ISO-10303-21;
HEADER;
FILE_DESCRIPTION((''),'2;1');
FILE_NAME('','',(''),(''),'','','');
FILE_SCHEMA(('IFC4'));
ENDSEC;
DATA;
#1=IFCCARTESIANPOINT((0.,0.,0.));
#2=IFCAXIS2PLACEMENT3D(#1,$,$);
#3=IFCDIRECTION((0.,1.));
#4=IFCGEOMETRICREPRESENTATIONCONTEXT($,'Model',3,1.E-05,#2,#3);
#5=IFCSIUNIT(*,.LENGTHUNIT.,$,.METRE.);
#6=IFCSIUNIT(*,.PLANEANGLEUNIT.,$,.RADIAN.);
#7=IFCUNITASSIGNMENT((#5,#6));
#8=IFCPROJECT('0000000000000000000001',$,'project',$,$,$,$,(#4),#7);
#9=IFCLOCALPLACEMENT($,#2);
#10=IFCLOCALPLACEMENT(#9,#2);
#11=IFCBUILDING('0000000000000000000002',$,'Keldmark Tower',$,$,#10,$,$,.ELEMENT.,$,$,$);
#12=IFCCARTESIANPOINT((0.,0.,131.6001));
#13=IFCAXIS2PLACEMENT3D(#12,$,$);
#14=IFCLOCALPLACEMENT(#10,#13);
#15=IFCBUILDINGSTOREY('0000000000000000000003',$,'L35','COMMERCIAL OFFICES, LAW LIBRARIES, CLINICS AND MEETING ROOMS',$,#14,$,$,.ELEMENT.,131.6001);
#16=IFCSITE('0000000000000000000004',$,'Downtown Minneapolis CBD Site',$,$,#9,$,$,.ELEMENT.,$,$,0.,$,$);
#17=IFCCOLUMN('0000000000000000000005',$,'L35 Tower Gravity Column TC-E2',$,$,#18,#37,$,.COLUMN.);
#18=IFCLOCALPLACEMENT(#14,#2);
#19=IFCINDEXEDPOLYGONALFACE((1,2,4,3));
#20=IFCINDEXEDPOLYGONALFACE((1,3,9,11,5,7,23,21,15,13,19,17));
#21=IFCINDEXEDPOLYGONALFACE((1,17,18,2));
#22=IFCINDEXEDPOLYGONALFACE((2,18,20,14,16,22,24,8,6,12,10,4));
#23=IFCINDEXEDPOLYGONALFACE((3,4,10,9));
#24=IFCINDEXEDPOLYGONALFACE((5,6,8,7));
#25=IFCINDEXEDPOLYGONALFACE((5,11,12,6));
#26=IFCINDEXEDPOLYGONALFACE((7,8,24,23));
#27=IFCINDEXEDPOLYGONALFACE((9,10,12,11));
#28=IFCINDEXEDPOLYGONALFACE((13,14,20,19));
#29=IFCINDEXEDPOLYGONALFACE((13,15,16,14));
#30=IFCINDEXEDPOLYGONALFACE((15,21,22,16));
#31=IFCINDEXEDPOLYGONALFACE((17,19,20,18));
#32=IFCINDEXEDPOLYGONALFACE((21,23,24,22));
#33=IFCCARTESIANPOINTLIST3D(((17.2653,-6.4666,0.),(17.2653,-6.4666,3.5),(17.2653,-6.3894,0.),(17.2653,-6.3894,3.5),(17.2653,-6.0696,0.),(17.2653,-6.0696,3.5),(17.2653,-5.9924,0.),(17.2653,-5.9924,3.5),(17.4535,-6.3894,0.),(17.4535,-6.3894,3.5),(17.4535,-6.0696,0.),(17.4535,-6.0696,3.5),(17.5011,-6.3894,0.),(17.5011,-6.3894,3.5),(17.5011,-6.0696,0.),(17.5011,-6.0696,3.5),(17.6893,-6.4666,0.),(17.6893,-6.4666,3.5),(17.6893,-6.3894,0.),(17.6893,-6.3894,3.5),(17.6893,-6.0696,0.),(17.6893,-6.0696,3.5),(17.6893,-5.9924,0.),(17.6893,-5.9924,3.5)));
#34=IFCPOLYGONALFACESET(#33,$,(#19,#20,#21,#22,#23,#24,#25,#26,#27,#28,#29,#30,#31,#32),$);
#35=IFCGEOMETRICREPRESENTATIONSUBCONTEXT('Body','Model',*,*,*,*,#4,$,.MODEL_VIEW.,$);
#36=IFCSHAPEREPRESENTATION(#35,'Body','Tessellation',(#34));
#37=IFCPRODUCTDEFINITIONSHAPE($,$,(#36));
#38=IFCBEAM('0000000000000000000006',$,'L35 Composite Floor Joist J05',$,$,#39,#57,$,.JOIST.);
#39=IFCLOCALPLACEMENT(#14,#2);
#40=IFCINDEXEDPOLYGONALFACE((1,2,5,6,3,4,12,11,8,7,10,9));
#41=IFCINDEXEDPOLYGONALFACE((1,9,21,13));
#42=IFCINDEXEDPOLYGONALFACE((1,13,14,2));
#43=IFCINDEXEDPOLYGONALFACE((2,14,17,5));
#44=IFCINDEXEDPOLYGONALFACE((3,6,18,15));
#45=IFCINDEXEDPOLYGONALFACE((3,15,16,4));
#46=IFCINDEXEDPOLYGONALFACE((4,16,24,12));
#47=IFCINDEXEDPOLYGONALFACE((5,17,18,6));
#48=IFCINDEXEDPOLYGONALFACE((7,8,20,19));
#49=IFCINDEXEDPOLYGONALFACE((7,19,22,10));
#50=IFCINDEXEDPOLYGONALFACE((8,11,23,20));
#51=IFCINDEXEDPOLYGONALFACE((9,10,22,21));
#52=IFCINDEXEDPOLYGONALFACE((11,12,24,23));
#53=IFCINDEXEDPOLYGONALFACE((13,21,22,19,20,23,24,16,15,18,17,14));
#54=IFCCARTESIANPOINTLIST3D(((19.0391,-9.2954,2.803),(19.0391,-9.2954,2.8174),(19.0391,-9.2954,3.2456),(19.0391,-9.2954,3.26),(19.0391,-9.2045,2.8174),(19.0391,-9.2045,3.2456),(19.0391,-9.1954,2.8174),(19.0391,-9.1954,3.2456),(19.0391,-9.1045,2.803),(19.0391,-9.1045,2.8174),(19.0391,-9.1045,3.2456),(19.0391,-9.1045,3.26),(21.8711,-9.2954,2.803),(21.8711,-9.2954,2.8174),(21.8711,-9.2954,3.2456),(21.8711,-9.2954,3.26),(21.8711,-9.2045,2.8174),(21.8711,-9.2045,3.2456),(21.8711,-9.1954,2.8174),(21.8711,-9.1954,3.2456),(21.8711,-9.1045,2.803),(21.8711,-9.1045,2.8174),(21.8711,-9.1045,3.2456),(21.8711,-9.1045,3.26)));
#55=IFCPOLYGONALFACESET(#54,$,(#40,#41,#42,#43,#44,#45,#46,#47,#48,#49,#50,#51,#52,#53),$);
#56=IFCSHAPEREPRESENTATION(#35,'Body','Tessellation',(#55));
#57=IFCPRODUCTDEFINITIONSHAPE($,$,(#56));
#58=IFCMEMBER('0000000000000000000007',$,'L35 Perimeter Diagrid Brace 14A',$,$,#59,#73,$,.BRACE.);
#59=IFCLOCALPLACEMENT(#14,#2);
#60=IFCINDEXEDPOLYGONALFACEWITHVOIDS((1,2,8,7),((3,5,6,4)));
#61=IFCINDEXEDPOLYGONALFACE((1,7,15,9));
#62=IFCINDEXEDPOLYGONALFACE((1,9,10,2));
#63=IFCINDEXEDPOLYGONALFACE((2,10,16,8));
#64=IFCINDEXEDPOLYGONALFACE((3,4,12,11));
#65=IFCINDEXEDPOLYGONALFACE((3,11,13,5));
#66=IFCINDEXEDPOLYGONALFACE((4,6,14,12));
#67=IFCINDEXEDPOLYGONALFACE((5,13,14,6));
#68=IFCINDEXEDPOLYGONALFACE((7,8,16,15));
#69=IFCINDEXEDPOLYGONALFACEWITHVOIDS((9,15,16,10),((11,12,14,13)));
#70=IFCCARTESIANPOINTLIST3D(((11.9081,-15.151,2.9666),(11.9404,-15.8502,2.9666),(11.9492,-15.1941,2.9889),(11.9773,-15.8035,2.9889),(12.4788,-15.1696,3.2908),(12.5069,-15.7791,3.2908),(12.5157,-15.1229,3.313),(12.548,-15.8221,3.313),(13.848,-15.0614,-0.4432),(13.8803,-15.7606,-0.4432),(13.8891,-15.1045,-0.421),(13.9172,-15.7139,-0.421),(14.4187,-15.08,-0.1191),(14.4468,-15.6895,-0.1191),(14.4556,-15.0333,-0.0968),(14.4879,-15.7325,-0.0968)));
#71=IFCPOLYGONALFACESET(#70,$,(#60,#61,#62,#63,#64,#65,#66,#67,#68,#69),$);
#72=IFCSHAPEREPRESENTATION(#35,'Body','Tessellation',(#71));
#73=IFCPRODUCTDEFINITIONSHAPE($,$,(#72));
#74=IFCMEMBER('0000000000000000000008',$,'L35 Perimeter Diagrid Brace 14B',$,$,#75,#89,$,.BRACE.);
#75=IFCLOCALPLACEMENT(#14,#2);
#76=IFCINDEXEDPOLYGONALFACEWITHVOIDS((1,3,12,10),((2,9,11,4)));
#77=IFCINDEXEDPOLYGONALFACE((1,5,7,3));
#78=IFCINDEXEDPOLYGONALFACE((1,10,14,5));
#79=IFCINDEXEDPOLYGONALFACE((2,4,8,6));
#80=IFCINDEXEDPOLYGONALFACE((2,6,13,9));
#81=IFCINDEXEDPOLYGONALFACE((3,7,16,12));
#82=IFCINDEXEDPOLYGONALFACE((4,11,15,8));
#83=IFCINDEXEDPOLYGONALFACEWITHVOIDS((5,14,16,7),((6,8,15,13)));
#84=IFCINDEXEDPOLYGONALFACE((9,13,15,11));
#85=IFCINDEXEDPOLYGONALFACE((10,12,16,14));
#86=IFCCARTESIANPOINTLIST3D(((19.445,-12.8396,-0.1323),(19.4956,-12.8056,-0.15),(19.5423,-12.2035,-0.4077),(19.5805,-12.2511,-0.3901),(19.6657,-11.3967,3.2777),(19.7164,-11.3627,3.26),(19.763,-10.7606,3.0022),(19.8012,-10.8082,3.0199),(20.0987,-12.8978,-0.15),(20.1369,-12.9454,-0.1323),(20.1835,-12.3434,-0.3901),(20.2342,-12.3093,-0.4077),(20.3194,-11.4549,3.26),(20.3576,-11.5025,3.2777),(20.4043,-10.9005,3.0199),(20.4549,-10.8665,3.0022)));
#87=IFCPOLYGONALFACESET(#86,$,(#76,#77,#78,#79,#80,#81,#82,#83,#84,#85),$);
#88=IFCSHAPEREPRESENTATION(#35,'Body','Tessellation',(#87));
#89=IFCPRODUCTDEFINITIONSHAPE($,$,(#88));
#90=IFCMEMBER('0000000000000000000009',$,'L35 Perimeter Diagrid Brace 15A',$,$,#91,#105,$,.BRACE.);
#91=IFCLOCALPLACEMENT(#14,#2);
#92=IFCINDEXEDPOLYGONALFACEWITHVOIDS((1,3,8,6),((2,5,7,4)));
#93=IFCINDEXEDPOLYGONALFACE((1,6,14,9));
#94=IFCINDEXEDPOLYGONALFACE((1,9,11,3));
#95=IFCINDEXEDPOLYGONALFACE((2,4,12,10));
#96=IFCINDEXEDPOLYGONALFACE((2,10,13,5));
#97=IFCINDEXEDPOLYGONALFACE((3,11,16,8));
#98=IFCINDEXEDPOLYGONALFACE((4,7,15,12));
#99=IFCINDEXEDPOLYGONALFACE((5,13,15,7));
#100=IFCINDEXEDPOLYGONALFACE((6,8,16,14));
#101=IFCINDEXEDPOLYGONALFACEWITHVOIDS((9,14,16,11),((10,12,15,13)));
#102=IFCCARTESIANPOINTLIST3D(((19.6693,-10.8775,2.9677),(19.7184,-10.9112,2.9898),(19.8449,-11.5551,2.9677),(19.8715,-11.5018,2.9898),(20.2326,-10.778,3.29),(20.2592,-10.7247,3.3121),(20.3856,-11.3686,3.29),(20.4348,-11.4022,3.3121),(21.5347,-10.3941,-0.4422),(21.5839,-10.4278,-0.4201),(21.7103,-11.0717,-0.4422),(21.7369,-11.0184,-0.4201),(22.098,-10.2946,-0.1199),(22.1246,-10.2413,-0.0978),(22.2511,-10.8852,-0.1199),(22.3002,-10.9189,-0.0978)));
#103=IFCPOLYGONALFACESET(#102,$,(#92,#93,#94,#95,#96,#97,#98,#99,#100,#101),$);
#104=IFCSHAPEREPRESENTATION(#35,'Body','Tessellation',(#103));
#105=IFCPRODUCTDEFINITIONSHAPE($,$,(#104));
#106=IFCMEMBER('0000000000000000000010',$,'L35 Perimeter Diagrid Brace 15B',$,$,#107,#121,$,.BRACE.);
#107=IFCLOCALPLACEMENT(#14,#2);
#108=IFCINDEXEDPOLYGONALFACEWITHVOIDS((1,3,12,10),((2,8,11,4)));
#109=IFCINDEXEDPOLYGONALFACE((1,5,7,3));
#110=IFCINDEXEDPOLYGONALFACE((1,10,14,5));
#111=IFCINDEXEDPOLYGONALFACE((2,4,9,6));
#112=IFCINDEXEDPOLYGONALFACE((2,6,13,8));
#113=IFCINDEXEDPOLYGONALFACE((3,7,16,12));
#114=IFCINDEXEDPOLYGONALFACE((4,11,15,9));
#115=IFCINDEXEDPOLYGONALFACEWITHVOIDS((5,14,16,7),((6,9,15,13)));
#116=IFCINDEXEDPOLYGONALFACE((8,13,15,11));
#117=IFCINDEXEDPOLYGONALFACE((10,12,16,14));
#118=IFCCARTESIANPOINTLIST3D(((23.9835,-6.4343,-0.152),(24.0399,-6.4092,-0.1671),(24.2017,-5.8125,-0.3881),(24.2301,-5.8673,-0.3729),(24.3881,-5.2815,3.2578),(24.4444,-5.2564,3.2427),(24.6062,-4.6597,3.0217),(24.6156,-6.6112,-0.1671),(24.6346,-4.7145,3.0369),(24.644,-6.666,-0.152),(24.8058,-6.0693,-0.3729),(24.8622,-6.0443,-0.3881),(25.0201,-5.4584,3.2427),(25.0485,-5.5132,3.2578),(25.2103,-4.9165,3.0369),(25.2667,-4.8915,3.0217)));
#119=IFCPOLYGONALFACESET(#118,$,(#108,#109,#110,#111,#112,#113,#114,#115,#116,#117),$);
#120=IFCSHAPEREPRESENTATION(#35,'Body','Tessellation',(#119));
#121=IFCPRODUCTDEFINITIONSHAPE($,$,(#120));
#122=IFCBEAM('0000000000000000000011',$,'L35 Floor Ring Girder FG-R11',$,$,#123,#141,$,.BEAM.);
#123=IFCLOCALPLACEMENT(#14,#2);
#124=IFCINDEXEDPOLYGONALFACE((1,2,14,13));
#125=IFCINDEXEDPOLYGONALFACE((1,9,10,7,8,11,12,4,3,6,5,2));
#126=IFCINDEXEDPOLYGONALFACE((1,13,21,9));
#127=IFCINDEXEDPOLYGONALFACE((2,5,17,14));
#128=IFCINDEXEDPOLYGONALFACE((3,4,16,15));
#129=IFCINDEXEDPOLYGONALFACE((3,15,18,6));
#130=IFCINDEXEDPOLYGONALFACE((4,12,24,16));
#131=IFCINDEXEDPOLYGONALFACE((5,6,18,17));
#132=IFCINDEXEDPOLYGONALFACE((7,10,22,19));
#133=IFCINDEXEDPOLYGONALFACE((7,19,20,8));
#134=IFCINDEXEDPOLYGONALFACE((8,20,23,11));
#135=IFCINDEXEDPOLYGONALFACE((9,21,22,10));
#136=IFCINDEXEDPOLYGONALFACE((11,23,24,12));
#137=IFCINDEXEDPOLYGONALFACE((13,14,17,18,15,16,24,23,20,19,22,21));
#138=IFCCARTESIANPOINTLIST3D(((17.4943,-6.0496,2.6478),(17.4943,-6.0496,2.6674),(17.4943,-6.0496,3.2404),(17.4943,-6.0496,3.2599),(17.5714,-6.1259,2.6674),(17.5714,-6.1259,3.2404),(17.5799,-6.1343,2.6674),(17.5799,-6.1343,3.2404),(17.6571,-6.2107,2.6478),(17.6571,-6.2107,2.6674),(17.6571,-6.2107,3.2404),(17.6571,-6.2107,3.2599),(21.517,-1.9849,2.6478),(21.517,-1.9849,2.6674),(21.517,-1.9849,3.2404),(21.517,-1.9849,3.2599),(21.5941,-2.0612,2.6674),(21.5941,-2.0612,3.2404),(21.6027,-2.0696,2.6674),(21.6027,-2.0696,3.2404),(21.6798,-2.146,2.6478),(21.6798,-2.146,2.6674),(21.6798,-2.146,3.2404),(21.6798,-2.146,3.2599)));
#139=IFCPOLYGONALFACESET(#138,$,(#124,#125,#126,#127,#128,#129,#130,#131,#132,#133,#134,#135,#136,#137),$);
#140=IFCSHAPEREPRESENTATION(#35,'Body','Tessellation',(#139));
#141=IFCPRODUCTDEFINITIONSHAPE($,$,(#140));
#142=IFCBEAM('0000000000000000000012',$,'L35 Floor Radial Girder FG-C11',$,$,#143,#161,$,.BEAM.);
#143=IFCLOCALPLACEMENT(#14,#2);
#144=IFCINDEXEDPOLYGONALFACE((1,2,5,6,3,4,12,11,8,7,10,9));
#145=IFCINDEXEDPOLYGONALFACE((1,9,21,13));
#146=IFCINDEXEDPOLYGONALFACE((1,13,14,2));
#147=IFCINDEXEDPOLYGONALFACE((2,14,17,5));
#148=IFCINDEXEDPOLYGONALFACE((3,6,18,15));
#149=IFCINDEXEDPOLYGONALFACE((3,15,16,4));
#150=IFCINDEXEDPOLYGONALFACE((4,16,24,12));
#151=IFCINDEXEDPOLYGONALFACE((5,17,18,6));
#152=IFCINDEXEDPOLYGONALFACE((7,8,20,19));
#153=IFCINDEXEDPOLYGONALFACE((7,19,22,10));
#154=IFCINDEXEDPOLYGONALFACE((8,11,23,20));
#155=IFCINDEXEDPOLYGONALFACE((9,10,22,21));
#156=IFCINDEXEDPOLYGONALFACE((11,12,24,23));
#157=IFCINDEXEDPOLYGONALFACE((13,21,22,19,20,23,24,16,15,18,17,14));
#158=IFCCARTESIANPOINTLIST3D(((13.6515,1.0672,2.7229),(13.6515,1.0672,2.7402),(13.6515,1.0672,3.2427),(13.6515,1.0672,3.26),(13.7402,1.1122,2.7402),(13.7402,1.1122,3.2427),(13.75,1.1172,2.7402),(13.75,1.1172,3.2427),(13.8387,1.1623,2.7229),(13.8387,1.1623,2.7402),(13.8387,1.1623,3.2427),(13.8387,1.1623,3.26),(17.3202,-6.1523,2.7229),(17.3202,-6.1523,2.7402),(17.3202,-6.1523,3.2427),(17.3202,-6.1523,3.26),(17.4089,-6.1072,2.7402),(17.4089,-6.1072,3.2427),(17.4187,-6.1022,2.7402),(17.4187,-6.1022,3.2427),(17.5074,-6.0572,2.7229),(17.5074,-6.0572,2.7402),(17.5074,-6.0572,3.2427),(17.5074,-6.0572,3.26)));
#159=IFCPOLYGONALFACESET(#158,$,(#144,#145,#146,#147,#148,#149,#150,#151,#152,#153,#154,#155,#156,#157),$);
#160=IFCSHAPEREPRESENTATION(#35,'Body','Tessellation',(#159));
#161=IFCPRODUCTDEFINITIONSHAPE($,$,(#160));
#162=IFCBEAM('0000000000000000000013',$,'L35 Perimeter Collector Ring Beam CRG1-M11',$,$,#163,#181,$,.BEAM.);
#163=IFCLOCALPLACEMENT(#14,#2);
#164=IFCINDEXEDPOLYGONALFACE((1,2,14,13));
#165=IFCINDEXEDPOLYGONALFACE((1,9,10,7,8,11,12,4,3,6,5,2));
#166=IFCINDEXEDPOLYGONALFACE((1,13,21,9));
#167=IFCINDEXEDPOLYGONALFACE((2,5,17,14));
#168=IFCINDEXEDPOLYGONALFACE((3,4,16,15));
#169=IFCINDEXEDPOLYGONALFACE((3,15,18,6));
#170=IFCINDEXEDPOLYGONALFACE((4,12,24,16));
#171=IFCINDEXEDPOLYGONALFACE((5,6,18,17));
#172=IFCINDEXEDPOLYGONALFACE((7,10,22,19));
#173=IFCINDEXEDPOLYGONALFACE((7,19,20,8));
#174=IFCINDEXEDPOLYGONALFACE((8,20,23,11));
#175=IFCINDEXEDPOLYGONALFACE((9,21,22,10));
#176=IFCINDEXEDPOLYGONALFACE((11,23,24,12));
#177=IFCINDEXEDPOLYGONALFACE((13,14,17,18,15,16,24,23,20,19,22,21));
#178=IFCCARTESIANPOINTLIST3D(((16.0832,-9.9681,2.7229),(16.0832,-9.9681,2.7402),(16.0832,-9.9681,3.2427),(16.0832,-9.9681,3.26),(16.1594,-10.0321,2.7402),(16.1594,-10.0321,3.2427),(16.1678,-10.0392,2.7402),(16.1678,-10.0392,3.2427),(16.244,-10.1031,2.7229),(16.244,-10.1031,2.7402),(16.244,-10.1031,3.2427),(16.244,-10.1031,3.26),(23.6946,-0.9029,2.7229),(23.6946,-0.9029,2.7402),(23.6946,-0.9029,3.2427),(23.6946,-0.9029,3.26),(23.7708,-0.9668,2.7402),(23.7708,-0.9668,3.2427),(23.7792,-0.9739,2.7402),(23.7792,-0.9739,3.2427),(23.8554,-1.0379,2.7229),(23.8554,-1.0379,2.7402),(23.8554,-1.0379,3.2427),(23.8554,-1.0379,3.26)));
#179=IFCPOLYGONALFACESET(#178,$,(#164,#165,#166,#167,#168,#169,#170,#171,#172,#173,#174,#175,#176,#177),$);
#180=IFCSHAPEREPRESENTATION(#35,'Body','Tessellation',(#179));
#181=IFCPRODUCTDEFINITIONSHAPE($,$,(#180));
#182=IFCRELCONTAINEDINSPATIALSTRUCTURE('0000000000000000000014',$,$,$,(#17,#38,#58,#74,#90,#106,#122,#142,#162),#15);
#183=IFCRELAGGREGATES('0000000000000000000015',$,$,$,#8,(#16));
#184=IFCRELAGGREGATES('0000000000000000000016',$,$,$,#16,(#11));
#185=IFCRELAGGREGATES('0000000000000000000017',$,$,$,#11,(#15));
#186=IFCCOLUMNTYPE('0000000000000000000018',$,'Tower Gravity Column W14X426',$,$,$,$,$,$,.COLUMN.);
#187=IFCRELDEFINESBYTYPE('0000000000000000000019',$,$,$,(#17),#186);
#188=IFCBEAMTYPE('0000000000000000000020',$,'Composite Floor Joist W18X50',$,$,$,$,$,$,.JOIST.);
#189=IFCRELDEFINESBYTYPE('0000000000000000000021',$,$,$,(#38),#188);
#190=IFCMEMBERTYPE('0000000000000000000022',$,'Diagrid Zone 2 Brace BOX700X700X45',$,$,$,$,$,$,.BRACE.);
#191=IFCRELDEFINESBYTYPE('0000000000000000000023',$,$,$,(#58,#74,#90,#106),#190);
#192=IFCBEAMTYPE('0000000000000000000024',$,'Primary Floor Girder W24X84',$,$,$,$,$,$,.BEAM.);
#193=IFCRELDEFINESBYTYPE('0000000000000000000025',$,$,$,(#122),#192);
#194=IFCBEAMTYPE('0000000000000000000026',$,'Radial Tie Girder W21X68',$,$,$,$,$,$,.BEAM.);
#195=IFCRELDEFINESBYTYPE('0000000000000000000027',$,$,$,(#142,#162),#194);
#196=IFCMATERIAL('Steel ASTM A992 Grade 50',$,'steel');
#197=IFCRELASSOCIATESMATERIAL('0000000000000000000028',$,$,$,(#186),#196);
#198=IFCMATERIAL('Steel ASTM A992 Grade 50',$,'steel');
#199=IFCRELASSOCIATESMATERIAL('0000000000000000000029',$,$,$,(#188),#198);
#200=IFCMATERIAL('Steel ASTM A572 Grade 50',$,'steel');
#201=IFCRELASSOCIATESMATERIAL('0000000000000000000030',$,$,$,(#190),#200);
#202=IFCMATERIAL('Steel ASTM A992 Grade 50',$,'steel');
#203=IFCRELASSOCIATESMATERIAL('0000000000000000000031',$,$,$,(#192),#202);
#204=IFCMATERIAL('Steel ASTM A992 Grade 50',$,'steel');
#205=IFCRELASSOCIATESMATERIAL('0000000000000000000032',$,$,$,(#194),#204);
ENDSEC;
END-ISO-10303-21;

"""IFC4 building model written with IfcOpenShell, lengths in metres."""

from ifc_helpers import new_model, si_unit, direction, frame, origin, origin_2d, place, context, subcontext, project, spatial, hollow_rectangle, i_section, extrude, material, material_profile, profile_set, type_object, element, save


model = new_model("IFC4")

# Units and contexts
model_context = context("Model", 3, precision=1e-05, world=origin(), true_north=direction((0.0, 1.0)))
body_context = subcontext(model_context, "Body", "Model", "MODEL_VIEW")
ifc_project = project(units=[si_unit("LENGTHUNIT", "METRE"), si_unit("PLANEANGLEUNIT", "RADIAN")], contexts=[model_context])

# Site, building, storey
site_placement = place(None, origin())
site = spatial("IfcSite", under=ifc_project, at=site_placement, Name="Downtown Minneapolis CBD Site", CompositionType="ELEMENT", RefElevation=0.0)
building_placement = place(site_placement, origin())
building = spatial("IfcBuilding", under=site, at=building_placement, Name="Keldmark Tower", CompositionType="ELEMENT")
storey_placement = place(building_placement, frame((0.0, 0.0, 131.6001)))
storey = spatial("IfcBuildingStorey", under=building, at=storey_placement, Name="L35", Description="COMMERCIAL OFFICES, LAW LIBRARIES, CLINICS AND MEETING ROOMS", CompositionType="ELEMENT", Elevation=131.6001)

# Column
ifc_material_1 = material(Name="Steel ASTM A992 Grade 50", Category="steel")
ifc_material_profile_1 = material_profile(ifc_material_1, i_section(OverallWidth=0.4241, OverallDepth=0.4741, WebThickness=0.0476, FlangeThickness=0.0771, at=origin_2d()), Name="W14X426")
ifc_profile_set_1 = profile_set([ifc_material_profile_1], Name="Steel ASTM A992 Grade 50")
column_type = type_object("IfcColumnType", Name="Tower Gravity Column W14X426", PredefinedType="COLUMN", material=ifc_profile_set_1)
column_placement = place(storey_placement, frame((17.4773, -6.2295, 0.0), z_axis=(0.0, 0.0, 1.0), x_axis=(1.0, 0.0, 0.0)))
element("IfcColumn", 1, at=column_placement, inside=storey, type_object=column_type, Name="L35 Tower Gravity Column TC-E2", PredefinedType="COLUMN", context=body_context, shape_type="SweptSolid", body=[
    extrude(i_section(OverallWidth=0.4241, OverallDepth=0.4741, WebThickness=0.0476, FlangeThickness=0.0771, at=origin_2d()), origin(), (0.0, 0.0, 1.0), 3.5),
])

# Beam
ifc_material_2 = material(Name="Steel ASTM A992 Grade 50", Category="steel")
ifc_material_profile_2 = material_profile(ifc_material_2, i_section(OverallWidth=0.1909, OverallDepth=0.457, WebThickness=0.009, FlangeThickness=0.0144, at=origin_2d()), Name="W18X50")
ifc_profile_set_2 = profile_set([ifc_material_profile_2], Name="Steel ASTM A992 Grade 50")
beam_type_1 = type_object("IfcBeamType", Name="Composite Floor Joist W18X50", PredefinedType="JOIST", material=ifc_profile_set_2)
beam_1_placement = place(storey_placement, frame((19.0391, -9.2, 3.0315), z_axis=(1.0, 0.0, 0.0), x_axis=(0.0, 1.0, 0.0)))
element("IfcBeam", 2, at=beam_1_placement, inside=storey, type_object=beam_type_1, Name="L35 Composite Floor Joist J05", PredefinedType="JOIST", context=body_context, shape_type="SweptSolid", body=[
    extrude(i_section(OverallWidth=0.1909, OverallDepth=0.457, WebThickness=0.009, FlangeThickness=0.0144, at=origin_2d()), origin(), (0.0, 0.0, 1.0), 2.832),
])

# Members
ifc_material_3 = material(Name="Steel ASTM A572 Grade 50", Category="steel")
ifc_material_profile_3 = material_profile(ifc_material_3, hollow_rectangle(XDim=0.7, YDim=0.7, WallThickness=0.0449, at=origin_2d()), Name="BOX700X700X45")
ifc_profile_set_3 = profile_set([ifc_material_profile_3], Name="Steel ASTM A572 Grade 50")
member_type = type_object("IfcMemberType", Name="Diagrid Zone 2 Brace BOX700X700X45", PredefinedType="BRACE", material=ifc_profile_set_3)
member_1_placement = place(storey_placement, frame((14.168, -15.397, -0.27), z_axis=(-0.49436, -0.022833, 0.868957), x_axis=(0.046138, -0.998935, 0.0)))
element("IfcMember", 3, at=member_1_placement, inside=storey, type_object=member_type, Name="L35 Perimeter Diagrid Brace 14A", PredefinedType="BRACE", context=body_context, shape_type="SweptSolid", body=[
    extrude(hollow_rectangle(XDim=0.7, YDim=0.7, WallThickness=0.0449, at=origin_2d()), origin(), (0.0, 0.0, 1.0), 3.9241),
])
member_2_placement = place(storey_placement, frame((19.8396, -12.5745, -0.27), z_axis=(0.059502, 0.388999, 0.919315), x_axis=(-0.988503, 0.151202, 0.0)))
element("IfcMember", 4, at=member_2_placement, inside=storey, type_object=member_type, Name="L35 Perimeter Diagrid Brace 14B", PredefinedType="BRACE", context=body_context, shape_type="SweptSolid", body=[
    extrude(hollow_rectangle(XDim=0.7, YDim=0.7, WallThickness=0.0449, at=origin_2d()), origin(), (0.0, 0.0, 1.0), 3.7092),
])
member_3_placement = place(storey_placement, frame((21.9175, -10.6565, -0.27), z_axis=(-0.476278, -0.123417, 0.87059), x_axis=(0.250843, -0.968028, 0.0)))
element("IfcMember", 5, at=member_3_placement, inside=storey, type_object=member_type, Name="L35 Perimeter Diagrid Brace 15A", PredefinedType="BRACE", context=body_context, shape_type="SweptSolid", body=[
    extrude(hollow_rectangle(XDim=0.7, YDim=0.7, WallThickness=0.0449, at=origin_2d()), origin(), (0.0, 0.0, 1.0), 3.9167),
])
member_4_placement = place(storey_placement, frame((24.4229, -6.2393, -0.27), z_axis=(0.111684, 0.31827, 0.941398), x_axis=(-0.94359, 0.331116, 0.0)))
element("IfcMember", 6, at=member_4_placement, inside=storey, type_object=member_type, Name="L35 Perimeter Diagrid Brace 15B", PredefinedType="BRACE", context=body_context, shape_type="SweptSolid", body=[
    extrude(hollow_rectangle(XDim=0.7, YDim=0.7, WallThickness=0.0449, at=origin_2d()), origin(), (0.0, 0.0, 1.0), 3.6221),
])

# Beams
ifc_material_4 = material(Name="Steel ASTM A992 Grade 50", Category="steel")
ifc_material_profile_4 = material_profile(ifc_material_4, i_section(OverallWidth=0.229, OverallDepth=0.6121, WebThickness=0.012, FlangeThickness=0.0195, at=origin_2d()), Name="W24X84")
ifc_profile_set_4 = profile_set([ifc_material_profile_4], Name="Steel ASTM A992 Grade 50")
beam_type_2 = type_object("IfcBeamType", Name="Primary Floor Girder W24X84", PredefinedType="BEAM", material=ifc_profile_set_4)
beam_2_placement = place(storey_placement, frame((17.5757, -6.1301, 2.9539), z_axis=(0.703426, 0.710769, 0.0), x_axis=(-0.710769, 0.703426, 0.0)))
element("IfcBeam", 7, at=beam_2_placement, inside=storey, type_object=beam_type_2, Name="L35 Floor Ring Girder FG-R11", PredefinedType="BEAM", context=body_context, shape_type="SweptSolid", body=[
    extrude(i_section(OverallWidth=0.229, OverallDepth=0.6121, WebThickness=0.012, FlangeThickness=0.0195, at=origin_2d()), origin(), (0.0, 0.0, 1.0), 5.7188),
])
ifc_material_5 = material(Name="Steel ASTM A992 Grade 50", Category="steel")
ifc_material_profile_5 = material_profile(ifc_material_5, i_section(OverallWidth=0.21, OverallDepth=0.5371, WebThickness=0.011, FlangeThickness=0.0173, at=origin_2d()), Name="W21X68")
ifc_profile_set_5 = profile_set([ifc_material_profile_5], Name="Steel ASTM A992 Grade 50")
beam_type_3 = type_object("IfcBeamType", Name="Radial Tie Girder W21X68", PredefinedType="BEAM", material=ifc_profile_set_5)
beam_3_placement = place(storey_placement, frame((17.4138, -6.1047, 2.9915), z_axis=(-0.453029, 0.891496, 0.0), x_axis=(-0.891496, -0.453029, 0.0)))
element("IfcBeam", 8, at=beam_3_placement, inside=storey, type_object=beam_type_3, Name="L35 Floor Radial Girder FG-C11", PredefinedType="BEAM", context=body_context, shape_type="SweptSolid", body=[
    extrude(i_section(OverallWidth=0.21, OverallDepth=0.5371, WebThickness=0.011, FlangeThickness=0.0173, at=origin_2d()), origin(), (0.0, 0.0, 1.0), 8.0981),
])
beam_4_placement = place(storey_placement, frame((16.1636, -10.0356, 2.9915), z_axis=(0.643022, 0.765847, 0.0), x_axis=(-0.765847, 0.643022, 0.0)))
element("IfcBeam", 9, at=beam_4_placement, inside=storey, type_object=beam_type_3, Name="L35 Perimeter Collector Ring Beam CRG1-M11", PredefinedType="BEAM", context=body_context, shape_type="SweptSolid", body=[
    extrude(i_section(OverallWidth=0.21, OverallDepth=0.5371, WebThickness=0.011, FlangeThickness=0.0173, at=origin_2d()), origin(), (0.0, 0.0, 1.0), 11.8369),
])

save(model, "model.ifc")
